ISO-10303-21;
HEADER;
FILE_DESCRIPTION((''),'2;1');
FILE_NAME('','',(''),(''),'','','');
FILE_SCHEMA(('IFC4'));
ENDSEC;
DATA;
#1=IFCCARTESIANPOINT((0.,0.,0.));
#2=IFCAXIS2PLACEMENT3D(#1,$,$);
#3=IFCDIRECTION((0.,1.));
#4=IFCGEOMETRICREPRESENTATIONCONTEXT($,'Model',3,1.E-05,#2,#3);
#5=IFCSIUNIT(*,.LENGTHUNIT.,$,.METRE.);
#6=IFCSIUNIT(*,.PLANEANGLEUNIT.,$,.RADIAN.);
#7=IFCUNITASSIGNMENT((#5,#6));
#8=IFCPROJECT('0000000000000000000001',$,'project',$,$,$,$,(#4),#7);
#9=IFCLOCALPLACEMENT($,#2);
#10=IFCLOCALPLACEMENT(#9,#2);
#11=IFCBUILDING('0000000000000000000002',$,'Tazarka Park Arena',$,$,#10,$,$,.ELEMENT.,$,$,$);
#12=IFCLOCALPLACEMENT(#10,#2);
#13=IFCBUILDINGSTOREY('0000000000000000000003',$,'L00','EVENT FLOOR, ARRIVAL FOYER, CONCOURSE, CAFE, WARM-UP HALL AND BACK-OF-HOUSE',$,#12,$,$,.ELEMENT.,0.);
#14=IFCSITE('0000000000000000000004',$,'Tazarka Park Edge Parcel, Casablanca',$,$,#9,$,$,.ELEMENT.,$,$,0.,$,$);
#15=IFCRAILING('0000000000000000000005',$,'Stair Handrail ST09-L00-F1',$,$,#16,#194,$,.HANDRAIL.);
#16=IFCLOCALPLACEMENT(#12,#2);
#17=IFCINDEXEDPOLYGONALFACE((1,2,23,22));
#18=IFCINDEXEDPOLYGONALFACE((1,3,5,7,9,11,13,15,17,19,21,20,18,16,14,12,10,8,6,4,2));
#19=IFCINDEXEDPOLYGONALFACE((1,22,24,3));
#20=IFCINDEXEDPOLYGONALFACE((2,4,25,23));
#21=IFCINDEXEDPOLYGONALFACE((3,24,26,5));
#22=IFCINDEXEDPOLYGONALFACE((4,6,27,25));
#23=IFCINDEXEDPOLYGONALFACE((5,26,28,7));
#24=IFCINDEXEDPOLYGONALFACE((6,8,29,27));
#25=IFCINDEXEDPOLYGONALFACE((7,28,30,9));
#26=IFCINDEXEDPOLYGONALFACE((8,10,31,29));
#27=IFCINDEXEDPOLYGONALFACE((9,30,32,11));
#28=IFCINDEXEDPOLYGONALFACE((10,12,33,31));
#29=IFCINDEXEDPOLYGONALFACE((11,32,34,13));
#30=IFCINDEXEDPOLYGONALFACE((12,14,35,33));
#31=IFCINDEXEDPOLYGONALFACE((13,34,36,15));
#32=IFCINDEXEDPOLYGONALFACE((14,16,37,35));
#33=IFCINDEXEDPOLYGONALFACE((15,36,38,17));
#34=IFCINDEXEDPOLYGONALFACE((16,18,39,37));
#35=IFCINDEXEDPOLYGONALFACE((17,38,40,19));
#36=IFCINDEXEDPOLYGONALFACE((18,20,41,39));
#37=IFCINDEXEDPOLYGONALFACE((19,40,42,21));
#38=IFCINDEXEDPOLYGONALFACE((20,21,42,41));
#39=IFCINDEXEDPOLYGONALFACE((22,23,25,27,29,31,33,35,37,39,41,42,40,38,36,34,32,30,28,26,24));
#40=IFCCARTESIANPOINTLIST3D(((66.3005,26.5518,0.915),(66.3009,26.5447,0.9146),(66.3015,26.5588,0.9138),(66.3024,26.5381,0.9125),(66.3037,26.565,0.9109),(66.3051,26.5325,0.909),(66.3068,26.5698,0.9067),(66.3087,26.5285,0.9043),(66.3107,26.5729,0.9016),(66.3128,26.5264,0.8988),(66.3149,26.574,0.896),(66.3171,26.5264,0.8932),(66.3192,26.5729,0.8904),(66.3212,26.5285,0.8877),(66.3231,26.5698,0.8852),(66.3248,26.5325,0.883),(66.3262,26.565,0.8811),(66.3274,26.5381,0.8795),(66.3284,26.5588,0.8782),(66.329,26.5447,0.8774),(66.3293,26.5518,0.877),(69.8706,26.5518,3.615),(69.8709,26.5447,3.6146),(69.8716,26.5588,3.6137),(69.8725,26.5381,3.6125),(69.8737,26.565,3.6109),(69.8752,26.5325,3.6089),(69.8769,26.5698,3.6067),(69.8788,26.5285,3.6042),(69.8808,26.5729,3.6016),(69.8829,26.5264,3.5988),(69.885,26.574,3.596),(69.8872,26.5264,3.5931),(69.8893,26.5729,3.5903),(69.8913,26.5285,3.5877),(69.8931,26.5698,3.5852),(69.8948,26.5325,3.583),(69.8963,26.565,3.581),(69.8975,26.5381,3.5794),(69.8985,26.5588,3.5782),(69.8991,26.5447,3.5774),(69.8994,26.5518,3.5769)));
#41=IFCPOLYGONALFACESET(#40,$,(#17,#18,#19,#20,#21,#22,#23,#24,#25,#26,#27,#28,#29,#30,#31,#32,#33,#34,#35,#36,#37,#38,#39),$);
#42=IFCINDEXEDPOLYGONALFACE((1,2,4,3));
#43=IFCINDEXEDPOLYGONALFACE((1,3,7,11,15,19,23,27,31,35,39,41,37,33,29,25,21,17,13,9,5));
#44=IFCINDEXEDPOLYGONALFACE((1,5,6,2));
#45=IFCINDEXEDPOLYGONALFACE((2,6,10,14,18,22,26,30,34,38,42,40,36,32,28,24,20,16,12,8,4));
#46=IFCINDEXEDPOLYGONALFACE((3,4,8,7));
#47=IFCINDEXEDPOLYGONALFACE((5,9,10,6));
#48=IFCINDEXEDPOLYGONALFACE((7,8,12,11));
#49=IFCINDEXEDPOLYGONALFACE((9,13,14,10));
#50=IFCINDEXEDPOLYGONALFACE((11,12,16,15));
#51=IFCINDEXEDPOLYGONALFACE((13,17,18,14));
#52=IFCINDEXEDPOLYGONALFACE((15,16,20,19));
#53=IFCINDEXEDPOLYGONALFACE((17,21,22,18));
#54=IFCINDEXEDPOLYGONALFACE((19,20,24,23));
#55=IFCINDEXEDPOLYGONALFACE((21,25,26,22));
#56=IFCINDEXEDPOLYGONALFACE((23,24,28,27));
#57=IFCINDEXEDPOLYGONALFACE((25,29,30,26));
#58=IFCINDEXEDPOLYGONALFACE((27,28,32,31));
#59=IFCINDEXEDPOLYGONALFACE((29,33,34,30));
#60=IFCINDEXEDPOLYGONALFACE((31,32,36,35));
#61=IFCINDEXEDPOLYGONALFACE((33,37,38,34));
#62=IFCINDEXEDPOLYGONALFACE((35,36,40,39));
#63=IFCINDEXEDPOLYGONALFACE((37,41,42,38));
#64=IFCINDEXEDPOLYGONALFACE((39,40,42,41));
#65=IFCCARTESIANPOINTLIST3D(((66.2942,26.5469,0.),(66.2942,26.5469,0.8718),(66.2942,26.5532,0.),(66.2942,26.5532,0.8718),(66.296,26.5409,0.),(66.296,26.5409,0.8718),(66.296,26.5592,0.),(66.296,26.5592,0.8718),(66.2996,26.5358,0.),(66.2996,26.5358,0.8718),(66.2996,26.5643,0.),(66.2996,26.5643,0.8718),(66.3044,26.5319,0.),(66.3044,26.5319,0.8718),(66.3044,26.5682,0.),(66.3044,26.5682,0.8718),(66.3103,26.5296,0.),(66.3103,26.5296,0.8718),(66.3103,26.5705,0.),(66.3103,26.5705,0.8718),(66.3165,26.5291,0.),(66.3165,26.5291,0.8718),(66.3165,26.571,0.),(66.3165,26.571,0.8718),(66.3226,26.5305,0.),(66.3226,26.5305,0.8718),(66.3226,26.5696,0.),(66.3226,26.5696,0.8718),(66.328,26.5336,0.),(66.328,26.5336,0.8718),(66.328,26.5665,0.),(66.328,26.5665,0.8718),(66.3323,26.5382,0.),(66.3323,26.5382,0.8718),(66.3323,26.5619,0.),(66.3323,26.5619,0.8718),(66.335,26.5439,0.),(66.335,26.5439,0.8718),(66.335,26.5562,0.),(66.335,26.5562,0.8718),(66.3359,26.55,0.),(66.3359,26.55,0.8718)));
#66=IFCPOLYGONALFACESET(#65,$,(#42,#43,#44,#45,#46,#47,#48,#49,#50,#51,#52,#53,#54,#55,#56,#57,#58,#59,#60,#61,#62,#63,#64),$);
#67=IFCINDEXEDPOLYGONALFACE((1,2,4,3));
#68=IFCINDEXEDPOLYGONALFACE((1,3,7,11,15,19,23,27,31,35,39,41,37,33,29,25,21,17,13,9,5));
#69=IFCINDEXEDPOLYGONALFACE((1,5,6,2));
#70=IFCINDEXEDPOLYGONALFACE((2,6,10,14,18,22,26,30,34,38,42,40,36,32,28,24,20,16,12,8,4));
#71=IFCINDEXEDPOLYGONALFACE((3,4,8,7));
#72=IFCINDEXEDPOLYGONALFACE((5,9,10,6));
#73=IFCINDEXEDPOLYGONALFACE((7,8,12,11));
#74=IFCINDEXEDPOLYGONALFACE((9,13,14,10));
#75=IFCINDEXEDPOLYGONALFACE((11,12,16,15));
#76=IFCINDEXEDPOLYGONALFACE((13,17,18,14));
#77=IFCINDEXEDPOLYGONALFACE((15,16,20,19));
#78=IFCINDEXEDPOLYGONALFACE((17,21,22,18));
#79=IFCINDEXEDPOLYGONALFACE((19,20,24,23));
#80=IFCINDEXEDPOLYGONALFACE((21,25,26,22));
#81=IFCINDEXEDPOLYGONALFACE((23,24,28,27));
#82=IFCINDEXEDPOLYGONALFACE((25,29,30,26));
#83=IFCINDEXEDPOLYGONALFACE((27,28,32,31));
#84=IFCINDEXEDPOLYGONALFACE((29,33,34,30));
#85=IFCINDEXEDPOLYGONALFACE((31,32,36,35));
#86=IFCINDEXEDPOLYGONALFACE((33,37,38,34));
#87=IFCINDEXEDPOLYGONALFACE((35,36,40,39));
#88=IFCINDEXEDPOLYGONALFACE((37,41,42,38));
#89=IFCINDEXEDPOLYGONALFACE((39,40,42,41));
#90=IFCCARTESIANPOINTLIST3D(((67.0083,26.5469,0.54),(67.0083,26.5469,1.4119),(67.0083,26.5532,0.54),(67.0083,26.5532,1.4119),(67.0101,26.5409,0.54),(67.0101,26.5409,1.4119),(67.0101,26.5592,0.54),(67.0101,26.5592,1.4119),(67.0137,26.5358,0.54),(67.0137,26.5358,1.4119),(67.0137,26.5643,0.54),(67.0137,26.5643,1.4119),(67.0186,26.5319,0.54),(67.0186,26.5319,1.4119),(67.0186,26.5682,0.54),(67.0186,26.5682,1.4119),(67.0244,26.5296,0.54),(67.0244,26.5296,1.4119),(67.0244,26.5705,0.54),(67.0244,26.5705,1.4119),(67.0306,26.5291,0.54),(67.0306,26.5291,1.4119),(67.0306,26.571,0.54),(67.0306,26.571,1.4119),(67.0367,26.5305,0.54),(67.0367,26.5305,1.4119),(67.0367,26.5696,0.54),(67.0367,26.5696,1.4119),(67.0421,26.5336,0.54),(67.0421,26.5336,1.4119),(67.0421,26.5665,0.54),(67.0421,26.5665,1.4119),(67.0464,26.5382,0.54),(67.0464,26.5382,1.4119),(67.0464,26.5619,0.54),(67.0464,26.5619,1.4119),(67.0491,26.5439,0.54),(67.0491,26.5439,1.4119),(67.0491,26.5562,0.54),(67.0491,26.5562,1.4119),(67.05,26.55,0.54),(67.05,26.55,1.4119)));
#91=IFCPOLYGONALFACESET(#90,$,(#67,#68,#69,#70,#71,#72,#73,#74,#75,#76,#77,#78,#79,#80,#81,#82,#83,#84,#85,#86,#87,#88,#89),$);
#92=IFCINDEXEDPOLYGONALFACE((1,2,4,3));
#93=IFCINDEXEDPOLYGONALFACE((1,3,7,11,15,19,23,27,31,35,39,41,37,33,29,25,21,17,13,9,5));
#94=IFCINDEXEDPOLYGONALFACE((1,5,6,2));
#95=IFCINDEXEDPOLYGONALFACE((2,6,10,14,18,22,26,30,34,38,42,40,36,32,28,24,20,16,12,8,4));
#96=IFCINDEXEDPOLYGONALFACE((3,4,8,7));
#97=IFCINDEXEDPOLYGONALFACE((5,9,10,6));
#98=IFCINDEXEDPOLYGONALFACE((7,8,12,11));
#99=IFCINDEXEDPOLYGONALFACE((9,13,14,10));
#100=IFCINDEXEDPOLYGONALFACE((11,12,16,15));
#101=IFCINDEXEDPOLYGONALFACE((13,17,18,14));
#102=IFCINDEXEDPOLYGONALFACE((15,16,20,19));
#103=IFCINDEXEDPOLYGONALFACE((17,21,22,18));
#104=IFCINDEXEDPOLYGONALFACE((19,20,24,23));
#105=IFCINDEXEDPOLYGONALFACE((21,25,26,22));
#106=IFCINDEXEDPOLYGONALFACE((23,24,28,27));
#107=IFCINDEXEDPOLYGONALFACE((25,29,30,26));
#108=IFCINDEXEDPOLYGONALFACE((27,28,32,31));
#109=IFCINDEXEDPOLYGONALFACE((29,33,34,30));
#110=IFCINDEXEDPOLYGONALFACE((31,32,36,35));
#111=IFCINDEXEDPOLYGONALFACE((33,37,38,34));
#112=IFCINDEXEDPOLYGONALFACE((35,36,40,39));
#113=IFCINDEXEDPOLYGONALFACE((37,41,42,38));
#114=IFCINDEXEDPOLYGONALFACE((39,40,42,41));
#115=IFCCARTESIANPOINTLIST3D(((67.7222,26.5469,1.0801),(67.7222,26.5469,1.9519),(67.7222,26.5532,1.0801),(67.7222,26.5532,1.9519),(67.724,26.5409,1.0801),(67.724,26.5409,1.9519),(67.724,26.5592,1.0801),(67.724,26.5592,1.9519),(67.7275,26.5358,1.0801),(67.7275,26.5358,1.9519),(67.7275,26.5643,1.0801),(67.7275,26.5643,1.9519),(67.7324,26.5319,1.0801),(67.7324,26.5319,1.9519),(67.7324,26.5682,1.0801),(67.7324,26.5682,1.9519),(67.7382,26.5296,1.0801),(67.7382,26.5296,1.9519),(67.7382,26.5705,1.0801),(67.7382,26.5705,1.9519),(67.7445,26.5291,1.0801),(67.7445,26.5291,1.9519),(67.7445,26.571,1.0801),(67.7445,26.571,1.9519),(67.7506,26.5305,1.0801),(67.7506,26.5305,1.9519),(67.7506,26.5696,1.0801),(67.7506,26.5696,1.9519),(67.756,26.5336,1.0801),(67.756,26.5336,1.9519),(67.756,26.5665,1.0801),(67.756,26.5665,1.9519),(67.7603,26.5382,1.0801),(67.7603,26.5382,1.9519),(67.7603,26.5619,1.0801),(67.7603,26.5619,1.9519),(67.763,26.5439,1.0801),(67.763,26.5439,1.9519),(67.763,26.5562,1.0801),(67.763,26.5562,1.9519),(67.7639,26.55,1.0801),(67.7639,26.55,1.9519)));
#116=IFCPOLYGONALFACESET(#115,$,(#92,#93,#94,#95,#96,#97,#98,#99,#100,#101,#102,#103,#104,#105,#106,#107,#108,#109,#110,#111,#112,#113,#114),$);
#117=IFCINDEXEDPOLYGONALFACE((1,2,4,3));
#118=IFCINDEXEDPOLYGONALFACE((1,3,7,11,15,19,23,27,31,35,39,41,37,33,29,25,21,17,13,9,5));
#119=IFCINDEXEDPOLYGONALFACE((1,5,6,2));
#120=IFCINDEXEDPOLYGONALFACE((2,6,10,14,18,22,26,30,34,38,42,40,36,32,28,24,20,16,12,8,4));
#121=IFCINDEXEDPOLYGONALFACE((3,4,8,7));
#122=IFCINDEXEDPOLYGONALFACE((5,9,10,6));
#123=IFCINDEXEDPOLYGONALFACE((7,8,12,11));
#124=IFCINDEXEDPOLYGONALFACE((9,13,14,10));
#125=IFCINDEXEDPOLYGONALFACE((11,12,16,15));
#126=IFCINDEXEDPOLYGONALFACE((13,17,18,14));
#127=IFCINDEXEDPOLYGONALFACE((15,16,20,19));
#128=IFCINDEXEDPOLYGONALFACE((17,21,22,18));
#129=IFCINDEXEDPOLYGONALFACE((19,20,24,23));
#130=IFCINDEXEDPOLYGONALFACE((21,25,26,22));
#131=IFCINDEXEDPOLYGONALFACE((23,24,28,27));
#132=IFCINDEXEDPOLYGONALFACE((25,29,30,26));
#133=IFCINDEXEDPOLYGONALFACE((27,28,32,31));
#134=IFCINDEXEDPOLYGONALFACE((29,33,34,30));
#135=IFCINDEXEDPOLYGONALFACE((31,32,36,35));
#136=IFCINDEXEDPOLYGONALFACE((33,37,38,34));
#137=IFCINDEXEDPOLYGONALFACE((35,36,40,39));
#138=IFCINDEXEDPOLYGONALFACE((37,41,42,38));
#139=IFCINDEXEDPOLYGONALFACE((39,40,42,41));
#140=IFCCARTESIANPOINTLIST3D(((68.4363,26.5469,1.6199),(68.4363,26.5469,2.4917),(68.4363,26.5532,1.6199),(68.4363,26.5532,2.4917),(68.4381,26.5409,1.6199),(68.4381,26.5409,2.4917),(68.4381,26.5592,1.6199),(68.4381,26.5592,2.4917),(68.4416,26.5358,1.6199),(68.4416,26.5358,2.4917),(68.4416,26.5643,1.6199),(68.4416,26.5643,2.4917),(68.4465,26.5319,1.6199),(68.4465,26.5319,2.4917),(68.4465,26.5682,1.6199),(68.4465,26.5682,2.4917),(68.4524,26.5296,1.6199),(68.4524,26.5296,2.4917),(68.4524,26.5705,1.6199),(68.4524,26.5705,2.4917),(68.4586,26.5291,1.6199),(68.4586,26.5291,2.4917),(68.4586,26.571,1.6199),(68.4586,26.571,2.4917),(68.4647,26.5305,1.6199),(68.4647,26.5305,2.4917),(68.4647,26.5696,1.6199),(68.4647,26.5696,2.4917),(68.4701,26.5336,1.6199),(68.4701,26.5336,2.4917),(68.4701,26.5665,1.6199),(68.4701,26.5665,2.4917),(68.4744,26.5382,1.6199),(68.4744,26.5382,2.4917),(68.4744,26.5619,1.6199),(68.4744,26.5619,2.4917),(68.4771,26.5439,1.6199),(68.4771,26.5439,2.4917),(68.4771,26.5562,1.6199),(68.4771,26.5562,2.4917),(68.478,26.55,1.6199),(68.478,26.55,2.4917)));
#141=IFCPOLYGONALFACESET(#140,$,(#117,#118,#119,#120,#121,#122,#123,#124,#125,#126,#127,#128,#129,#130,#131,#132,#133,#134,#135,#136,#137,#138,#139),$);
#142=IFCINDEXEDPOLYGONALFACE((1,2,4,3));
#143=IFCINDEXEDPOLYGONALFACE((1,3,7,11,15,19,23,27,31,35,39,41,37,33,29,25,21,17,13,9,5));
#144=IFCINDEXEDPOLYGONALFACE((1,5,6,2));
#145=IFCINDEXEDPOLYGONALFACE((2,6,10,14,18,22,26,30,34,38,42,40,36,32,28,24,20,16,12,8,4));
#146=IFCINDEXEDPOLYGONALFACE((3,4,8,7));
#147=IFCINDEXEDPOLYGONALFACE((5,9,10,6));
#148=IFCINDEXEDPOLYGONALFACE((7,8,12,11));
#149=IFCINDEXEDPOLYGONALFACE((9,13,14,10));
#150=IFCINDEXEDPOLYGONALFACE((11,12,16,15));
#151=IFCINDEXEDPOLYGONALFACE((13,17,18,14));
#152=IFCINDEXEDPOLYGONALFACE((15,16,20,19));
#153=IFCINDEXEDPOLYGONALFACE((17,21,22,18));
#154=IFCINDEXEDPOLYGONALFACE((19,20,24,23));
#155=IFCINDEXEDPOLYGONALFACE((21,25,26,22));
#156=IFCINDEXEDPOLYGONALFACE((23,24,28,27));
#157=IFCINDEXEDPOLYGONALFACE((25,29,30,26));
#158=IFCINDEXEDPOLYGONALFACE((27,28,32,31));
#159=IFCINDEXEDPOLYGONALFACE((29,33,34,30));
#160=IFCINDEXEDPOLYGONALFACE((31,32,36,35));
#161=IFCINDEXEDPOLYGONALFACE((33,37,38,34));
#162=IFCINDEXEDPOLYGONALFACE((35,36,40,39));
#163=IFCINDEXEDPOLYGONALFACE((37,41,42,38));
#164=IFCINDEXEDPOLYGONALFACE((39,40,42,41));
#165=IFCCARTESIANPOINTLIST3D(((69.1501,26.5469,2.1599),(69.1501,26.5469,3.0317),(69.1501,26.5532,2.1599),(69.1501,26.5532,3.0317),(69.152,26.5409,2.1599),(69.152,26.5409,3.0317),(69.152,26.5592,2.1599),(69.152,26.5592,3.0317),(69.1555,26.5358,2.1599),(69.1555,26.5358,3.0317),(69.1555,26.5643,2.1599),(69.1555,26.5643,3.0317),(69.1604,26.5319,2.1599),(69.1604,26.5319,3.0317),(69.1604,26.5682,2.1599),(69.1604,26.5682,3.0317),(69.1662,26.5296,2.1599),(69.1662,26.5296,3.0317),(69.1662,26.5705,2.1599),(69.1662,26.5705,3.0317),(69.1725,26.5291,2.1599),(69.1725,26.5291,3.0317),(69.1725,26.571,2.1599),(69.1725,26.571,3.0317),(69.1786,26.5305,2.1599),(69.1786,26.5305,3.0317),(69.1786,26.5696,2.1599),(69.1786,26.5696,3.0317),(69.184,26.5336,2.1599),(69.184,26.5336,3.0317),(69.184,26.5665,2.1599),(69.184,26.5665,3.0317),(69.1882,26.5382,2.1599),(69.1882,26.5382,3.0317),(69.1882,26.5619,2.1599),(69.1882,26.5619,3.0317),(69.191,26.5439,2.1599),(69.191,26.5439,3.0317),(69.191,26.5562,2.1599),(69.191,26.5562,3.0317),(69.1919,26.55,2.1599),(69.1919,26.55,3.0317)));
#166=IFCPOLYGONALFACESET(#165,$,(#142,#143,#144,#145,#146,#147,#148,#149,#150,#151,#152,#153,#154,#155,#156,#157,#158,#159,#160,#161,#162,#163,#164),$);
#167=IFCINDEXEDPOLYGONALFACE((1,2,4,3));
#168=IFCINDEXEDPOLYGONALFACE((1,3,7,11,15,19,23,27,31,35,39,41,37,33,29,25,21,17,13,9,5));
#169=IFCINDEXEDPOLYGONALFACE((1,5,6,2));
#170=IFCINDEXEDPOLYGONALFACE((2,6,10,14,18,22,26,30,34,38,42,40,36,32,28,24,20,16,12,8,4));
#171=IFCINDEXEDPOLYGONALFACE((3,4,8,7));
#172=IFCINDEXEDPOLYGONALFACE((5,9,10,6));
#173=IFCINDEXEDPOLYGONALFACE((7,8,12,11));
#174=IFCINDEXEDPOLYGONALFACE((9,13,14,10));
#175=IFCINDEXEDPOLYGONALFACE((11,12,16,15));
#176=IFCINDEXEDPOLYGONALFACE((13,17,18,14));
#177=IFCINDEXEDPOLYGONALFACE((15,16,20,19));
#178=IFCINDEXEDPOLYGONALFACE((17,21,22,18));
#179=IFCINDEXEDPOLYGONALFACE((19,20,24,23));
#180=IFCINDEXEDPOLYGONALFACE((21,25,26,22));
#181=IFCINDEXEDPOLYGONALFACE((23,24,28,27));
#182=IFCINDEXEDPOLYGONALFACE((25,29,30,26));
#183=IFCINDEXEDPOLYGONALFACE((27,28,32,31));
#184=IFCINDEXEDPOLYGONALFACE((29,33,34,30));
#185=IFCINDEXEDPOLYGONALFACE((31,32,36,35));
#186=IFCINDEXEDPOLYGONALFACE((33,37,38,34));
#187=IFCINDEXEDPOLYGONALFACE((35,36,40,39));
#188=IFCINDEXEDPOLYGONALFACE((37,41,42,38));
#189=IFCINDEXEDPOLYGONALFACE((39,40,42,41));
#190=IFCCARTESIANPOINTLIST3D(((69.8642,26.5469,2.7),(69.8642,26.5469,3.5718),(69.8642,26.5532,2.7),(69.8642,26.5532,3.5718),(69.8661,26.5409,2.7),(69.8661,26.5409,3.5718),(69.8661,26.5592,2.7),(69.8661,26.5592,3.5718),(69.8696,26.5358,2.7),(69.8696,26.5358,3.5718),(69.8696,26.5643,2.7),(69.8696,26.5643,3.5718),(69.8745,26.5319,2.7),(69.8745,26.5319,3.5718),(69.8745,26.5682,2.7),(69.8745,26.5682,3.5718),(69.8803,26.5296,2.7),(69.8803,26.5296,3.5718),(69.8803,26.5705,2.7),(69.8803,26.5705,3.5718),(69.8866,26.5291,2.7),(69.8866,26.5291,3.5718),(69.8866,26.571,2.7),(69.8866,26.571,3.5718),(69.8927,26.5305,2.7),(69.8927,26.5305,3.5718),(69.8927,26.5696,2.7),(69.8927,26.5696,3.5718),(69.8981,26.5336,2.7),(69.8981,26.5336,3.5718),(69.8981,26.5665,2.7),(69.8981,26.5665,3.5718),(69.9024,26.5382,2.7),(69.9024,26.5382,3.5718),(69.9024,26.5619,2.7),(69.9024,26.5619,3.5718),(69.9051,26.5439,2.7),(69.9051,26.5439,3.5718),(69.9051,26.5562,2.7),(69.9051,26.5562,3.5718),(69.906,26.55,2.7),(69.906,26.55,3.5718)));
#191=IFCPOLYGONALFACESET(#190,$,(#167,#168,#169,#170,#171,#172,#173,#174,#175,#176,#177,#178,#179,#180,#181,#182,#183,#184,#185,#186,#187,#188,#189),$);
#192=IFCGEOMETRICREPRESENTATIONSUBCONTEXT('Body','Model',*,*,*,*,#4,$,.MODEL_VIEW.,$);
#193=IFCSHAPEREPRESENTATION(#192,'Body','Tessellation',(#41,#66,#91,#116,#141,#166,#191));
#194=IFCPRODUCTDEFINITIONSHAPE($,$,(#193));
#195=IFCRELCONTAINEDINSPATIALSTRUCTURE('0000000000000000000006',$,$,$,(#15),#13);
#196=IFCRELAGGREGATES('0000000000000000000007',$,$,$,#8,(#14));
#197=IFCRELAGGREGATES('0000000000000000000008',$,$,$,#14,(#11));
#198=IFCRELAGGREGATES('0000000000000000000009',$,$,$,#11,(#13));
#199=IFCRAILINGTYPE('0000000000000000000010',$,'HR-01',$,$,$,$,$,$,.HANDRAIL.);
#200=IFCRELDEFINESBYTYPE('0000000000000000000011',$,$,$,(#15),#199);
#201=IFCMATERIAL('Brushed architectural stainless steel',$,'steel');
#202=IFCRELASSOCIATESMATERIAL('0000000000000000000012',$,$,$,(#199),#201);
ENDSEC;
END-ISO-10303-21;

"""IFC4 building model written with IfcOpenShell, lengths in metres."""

from ifc_helpers import new_model, si_unit, direction, frame, origin, origin_2d, place, context, subcontext, project, spatial, circle, extrude, material, type_object, element, save


model = new_model("IFC4")

# Units and contexts
model_context = context("Model", 3, precision=1e-05, world=origin(), true_north=direction((0.0, 1.0)))
body_context = subcontext(model_context, "Body", "Model", "MODEL_VIEW")
ifc_project = project(units=[si_unit("LENGTHUNIT", "METRE"), si_unit("PLANEANGLEUNIT", "RADIAN")], contexts=[model_context])

# Site, building, storey
site_placement = place(None, origin())
site = spatial("IfcSite", under=ifc_project, at=site_placement, Name="Tazarka Park Edge Parcel, Casablanca", CompositionType="ELEMENT", RefElevation=0.0)
building_placement = place(site_placement, origin())
building = spatial("IfcBuilding", under=site, at=building_placement, Name="Tazarka Park Arena", CompositionType="ELEMENT")
storey_placement = place(building_placement, origin())
storey = spatial("IfcBuildingStorey", under=building, at=storey_placement, Name="L00", Description="EVENT FLOOR, ARRIVAL FOYER, CONCOURSE, CAFE, WARM-UP HALL AND BACK-OF-HOUSE", CompositionType="ELEMENT", Elevation=0.0)

# Railing
ifc_material_1 = material(Name="Brushed architectural stainless steel", Category="steel")
railing_type_1 = type_object("IfcRailingType", Name="HR-01", PredefinedType="HANDRAIL", material=ifc_material_1)
railing_1_placement = place(storey_placement, frame((66.3149, 26.55, 0.0)))
element("IfcRailing", 1, at=railing_1_placement, inside=storey, type_object=railing_type_1, Name="Stair Handrail ST09-L00-F1", PredefinedType="HANDRAIL", context=body_context, shape_type="SweptSolid", body=[
    extrude(circle(Radius=0.0239, at=origin_2d()), frame((0.0, 0.0, 0.896), z_axis=(0.797591, 0.0, 0.603198), x_axis=(0.0, 1.0, 0.0)), (0.0, 0.0, 1.0), 4.4761),
    extrude(circle(Radius=0.021, at=origin_2d()), origin(), (0.0, 0.0, 1.0), 0.8718),
    extrude(circle(Radius=0.021, at=origin_2d()), frame((0.7141, 0.0, 0.54)), (0.0, 0.0, 1.0), 0.8718),
    extrude(circle(Radius=0.021, at=origin_2d()), frame((1.428, 0.0, 1.0801)), (0.0, 0.0, 1.0), 0.8718),
    extrude(circle(Radius=0.021, at=origin_2d()), frame((2.1421, 0.0, 1.6199)), (0.0, 0.0, 1.0), 0.8718),
    extrude(circle(Radius=0.021, at=origin_2d()), frame((2.856, 0.0, 2.1599)), (0.0, 0.0, 1.0), 0.8718),
    extrude(circle(Radius=0.021, at=origin_2d()), frame((3.5701, 0.0, 2.7)), (0.0, 0.0, 1.0), 0.8718),
])

save(model, "model.ifc")
